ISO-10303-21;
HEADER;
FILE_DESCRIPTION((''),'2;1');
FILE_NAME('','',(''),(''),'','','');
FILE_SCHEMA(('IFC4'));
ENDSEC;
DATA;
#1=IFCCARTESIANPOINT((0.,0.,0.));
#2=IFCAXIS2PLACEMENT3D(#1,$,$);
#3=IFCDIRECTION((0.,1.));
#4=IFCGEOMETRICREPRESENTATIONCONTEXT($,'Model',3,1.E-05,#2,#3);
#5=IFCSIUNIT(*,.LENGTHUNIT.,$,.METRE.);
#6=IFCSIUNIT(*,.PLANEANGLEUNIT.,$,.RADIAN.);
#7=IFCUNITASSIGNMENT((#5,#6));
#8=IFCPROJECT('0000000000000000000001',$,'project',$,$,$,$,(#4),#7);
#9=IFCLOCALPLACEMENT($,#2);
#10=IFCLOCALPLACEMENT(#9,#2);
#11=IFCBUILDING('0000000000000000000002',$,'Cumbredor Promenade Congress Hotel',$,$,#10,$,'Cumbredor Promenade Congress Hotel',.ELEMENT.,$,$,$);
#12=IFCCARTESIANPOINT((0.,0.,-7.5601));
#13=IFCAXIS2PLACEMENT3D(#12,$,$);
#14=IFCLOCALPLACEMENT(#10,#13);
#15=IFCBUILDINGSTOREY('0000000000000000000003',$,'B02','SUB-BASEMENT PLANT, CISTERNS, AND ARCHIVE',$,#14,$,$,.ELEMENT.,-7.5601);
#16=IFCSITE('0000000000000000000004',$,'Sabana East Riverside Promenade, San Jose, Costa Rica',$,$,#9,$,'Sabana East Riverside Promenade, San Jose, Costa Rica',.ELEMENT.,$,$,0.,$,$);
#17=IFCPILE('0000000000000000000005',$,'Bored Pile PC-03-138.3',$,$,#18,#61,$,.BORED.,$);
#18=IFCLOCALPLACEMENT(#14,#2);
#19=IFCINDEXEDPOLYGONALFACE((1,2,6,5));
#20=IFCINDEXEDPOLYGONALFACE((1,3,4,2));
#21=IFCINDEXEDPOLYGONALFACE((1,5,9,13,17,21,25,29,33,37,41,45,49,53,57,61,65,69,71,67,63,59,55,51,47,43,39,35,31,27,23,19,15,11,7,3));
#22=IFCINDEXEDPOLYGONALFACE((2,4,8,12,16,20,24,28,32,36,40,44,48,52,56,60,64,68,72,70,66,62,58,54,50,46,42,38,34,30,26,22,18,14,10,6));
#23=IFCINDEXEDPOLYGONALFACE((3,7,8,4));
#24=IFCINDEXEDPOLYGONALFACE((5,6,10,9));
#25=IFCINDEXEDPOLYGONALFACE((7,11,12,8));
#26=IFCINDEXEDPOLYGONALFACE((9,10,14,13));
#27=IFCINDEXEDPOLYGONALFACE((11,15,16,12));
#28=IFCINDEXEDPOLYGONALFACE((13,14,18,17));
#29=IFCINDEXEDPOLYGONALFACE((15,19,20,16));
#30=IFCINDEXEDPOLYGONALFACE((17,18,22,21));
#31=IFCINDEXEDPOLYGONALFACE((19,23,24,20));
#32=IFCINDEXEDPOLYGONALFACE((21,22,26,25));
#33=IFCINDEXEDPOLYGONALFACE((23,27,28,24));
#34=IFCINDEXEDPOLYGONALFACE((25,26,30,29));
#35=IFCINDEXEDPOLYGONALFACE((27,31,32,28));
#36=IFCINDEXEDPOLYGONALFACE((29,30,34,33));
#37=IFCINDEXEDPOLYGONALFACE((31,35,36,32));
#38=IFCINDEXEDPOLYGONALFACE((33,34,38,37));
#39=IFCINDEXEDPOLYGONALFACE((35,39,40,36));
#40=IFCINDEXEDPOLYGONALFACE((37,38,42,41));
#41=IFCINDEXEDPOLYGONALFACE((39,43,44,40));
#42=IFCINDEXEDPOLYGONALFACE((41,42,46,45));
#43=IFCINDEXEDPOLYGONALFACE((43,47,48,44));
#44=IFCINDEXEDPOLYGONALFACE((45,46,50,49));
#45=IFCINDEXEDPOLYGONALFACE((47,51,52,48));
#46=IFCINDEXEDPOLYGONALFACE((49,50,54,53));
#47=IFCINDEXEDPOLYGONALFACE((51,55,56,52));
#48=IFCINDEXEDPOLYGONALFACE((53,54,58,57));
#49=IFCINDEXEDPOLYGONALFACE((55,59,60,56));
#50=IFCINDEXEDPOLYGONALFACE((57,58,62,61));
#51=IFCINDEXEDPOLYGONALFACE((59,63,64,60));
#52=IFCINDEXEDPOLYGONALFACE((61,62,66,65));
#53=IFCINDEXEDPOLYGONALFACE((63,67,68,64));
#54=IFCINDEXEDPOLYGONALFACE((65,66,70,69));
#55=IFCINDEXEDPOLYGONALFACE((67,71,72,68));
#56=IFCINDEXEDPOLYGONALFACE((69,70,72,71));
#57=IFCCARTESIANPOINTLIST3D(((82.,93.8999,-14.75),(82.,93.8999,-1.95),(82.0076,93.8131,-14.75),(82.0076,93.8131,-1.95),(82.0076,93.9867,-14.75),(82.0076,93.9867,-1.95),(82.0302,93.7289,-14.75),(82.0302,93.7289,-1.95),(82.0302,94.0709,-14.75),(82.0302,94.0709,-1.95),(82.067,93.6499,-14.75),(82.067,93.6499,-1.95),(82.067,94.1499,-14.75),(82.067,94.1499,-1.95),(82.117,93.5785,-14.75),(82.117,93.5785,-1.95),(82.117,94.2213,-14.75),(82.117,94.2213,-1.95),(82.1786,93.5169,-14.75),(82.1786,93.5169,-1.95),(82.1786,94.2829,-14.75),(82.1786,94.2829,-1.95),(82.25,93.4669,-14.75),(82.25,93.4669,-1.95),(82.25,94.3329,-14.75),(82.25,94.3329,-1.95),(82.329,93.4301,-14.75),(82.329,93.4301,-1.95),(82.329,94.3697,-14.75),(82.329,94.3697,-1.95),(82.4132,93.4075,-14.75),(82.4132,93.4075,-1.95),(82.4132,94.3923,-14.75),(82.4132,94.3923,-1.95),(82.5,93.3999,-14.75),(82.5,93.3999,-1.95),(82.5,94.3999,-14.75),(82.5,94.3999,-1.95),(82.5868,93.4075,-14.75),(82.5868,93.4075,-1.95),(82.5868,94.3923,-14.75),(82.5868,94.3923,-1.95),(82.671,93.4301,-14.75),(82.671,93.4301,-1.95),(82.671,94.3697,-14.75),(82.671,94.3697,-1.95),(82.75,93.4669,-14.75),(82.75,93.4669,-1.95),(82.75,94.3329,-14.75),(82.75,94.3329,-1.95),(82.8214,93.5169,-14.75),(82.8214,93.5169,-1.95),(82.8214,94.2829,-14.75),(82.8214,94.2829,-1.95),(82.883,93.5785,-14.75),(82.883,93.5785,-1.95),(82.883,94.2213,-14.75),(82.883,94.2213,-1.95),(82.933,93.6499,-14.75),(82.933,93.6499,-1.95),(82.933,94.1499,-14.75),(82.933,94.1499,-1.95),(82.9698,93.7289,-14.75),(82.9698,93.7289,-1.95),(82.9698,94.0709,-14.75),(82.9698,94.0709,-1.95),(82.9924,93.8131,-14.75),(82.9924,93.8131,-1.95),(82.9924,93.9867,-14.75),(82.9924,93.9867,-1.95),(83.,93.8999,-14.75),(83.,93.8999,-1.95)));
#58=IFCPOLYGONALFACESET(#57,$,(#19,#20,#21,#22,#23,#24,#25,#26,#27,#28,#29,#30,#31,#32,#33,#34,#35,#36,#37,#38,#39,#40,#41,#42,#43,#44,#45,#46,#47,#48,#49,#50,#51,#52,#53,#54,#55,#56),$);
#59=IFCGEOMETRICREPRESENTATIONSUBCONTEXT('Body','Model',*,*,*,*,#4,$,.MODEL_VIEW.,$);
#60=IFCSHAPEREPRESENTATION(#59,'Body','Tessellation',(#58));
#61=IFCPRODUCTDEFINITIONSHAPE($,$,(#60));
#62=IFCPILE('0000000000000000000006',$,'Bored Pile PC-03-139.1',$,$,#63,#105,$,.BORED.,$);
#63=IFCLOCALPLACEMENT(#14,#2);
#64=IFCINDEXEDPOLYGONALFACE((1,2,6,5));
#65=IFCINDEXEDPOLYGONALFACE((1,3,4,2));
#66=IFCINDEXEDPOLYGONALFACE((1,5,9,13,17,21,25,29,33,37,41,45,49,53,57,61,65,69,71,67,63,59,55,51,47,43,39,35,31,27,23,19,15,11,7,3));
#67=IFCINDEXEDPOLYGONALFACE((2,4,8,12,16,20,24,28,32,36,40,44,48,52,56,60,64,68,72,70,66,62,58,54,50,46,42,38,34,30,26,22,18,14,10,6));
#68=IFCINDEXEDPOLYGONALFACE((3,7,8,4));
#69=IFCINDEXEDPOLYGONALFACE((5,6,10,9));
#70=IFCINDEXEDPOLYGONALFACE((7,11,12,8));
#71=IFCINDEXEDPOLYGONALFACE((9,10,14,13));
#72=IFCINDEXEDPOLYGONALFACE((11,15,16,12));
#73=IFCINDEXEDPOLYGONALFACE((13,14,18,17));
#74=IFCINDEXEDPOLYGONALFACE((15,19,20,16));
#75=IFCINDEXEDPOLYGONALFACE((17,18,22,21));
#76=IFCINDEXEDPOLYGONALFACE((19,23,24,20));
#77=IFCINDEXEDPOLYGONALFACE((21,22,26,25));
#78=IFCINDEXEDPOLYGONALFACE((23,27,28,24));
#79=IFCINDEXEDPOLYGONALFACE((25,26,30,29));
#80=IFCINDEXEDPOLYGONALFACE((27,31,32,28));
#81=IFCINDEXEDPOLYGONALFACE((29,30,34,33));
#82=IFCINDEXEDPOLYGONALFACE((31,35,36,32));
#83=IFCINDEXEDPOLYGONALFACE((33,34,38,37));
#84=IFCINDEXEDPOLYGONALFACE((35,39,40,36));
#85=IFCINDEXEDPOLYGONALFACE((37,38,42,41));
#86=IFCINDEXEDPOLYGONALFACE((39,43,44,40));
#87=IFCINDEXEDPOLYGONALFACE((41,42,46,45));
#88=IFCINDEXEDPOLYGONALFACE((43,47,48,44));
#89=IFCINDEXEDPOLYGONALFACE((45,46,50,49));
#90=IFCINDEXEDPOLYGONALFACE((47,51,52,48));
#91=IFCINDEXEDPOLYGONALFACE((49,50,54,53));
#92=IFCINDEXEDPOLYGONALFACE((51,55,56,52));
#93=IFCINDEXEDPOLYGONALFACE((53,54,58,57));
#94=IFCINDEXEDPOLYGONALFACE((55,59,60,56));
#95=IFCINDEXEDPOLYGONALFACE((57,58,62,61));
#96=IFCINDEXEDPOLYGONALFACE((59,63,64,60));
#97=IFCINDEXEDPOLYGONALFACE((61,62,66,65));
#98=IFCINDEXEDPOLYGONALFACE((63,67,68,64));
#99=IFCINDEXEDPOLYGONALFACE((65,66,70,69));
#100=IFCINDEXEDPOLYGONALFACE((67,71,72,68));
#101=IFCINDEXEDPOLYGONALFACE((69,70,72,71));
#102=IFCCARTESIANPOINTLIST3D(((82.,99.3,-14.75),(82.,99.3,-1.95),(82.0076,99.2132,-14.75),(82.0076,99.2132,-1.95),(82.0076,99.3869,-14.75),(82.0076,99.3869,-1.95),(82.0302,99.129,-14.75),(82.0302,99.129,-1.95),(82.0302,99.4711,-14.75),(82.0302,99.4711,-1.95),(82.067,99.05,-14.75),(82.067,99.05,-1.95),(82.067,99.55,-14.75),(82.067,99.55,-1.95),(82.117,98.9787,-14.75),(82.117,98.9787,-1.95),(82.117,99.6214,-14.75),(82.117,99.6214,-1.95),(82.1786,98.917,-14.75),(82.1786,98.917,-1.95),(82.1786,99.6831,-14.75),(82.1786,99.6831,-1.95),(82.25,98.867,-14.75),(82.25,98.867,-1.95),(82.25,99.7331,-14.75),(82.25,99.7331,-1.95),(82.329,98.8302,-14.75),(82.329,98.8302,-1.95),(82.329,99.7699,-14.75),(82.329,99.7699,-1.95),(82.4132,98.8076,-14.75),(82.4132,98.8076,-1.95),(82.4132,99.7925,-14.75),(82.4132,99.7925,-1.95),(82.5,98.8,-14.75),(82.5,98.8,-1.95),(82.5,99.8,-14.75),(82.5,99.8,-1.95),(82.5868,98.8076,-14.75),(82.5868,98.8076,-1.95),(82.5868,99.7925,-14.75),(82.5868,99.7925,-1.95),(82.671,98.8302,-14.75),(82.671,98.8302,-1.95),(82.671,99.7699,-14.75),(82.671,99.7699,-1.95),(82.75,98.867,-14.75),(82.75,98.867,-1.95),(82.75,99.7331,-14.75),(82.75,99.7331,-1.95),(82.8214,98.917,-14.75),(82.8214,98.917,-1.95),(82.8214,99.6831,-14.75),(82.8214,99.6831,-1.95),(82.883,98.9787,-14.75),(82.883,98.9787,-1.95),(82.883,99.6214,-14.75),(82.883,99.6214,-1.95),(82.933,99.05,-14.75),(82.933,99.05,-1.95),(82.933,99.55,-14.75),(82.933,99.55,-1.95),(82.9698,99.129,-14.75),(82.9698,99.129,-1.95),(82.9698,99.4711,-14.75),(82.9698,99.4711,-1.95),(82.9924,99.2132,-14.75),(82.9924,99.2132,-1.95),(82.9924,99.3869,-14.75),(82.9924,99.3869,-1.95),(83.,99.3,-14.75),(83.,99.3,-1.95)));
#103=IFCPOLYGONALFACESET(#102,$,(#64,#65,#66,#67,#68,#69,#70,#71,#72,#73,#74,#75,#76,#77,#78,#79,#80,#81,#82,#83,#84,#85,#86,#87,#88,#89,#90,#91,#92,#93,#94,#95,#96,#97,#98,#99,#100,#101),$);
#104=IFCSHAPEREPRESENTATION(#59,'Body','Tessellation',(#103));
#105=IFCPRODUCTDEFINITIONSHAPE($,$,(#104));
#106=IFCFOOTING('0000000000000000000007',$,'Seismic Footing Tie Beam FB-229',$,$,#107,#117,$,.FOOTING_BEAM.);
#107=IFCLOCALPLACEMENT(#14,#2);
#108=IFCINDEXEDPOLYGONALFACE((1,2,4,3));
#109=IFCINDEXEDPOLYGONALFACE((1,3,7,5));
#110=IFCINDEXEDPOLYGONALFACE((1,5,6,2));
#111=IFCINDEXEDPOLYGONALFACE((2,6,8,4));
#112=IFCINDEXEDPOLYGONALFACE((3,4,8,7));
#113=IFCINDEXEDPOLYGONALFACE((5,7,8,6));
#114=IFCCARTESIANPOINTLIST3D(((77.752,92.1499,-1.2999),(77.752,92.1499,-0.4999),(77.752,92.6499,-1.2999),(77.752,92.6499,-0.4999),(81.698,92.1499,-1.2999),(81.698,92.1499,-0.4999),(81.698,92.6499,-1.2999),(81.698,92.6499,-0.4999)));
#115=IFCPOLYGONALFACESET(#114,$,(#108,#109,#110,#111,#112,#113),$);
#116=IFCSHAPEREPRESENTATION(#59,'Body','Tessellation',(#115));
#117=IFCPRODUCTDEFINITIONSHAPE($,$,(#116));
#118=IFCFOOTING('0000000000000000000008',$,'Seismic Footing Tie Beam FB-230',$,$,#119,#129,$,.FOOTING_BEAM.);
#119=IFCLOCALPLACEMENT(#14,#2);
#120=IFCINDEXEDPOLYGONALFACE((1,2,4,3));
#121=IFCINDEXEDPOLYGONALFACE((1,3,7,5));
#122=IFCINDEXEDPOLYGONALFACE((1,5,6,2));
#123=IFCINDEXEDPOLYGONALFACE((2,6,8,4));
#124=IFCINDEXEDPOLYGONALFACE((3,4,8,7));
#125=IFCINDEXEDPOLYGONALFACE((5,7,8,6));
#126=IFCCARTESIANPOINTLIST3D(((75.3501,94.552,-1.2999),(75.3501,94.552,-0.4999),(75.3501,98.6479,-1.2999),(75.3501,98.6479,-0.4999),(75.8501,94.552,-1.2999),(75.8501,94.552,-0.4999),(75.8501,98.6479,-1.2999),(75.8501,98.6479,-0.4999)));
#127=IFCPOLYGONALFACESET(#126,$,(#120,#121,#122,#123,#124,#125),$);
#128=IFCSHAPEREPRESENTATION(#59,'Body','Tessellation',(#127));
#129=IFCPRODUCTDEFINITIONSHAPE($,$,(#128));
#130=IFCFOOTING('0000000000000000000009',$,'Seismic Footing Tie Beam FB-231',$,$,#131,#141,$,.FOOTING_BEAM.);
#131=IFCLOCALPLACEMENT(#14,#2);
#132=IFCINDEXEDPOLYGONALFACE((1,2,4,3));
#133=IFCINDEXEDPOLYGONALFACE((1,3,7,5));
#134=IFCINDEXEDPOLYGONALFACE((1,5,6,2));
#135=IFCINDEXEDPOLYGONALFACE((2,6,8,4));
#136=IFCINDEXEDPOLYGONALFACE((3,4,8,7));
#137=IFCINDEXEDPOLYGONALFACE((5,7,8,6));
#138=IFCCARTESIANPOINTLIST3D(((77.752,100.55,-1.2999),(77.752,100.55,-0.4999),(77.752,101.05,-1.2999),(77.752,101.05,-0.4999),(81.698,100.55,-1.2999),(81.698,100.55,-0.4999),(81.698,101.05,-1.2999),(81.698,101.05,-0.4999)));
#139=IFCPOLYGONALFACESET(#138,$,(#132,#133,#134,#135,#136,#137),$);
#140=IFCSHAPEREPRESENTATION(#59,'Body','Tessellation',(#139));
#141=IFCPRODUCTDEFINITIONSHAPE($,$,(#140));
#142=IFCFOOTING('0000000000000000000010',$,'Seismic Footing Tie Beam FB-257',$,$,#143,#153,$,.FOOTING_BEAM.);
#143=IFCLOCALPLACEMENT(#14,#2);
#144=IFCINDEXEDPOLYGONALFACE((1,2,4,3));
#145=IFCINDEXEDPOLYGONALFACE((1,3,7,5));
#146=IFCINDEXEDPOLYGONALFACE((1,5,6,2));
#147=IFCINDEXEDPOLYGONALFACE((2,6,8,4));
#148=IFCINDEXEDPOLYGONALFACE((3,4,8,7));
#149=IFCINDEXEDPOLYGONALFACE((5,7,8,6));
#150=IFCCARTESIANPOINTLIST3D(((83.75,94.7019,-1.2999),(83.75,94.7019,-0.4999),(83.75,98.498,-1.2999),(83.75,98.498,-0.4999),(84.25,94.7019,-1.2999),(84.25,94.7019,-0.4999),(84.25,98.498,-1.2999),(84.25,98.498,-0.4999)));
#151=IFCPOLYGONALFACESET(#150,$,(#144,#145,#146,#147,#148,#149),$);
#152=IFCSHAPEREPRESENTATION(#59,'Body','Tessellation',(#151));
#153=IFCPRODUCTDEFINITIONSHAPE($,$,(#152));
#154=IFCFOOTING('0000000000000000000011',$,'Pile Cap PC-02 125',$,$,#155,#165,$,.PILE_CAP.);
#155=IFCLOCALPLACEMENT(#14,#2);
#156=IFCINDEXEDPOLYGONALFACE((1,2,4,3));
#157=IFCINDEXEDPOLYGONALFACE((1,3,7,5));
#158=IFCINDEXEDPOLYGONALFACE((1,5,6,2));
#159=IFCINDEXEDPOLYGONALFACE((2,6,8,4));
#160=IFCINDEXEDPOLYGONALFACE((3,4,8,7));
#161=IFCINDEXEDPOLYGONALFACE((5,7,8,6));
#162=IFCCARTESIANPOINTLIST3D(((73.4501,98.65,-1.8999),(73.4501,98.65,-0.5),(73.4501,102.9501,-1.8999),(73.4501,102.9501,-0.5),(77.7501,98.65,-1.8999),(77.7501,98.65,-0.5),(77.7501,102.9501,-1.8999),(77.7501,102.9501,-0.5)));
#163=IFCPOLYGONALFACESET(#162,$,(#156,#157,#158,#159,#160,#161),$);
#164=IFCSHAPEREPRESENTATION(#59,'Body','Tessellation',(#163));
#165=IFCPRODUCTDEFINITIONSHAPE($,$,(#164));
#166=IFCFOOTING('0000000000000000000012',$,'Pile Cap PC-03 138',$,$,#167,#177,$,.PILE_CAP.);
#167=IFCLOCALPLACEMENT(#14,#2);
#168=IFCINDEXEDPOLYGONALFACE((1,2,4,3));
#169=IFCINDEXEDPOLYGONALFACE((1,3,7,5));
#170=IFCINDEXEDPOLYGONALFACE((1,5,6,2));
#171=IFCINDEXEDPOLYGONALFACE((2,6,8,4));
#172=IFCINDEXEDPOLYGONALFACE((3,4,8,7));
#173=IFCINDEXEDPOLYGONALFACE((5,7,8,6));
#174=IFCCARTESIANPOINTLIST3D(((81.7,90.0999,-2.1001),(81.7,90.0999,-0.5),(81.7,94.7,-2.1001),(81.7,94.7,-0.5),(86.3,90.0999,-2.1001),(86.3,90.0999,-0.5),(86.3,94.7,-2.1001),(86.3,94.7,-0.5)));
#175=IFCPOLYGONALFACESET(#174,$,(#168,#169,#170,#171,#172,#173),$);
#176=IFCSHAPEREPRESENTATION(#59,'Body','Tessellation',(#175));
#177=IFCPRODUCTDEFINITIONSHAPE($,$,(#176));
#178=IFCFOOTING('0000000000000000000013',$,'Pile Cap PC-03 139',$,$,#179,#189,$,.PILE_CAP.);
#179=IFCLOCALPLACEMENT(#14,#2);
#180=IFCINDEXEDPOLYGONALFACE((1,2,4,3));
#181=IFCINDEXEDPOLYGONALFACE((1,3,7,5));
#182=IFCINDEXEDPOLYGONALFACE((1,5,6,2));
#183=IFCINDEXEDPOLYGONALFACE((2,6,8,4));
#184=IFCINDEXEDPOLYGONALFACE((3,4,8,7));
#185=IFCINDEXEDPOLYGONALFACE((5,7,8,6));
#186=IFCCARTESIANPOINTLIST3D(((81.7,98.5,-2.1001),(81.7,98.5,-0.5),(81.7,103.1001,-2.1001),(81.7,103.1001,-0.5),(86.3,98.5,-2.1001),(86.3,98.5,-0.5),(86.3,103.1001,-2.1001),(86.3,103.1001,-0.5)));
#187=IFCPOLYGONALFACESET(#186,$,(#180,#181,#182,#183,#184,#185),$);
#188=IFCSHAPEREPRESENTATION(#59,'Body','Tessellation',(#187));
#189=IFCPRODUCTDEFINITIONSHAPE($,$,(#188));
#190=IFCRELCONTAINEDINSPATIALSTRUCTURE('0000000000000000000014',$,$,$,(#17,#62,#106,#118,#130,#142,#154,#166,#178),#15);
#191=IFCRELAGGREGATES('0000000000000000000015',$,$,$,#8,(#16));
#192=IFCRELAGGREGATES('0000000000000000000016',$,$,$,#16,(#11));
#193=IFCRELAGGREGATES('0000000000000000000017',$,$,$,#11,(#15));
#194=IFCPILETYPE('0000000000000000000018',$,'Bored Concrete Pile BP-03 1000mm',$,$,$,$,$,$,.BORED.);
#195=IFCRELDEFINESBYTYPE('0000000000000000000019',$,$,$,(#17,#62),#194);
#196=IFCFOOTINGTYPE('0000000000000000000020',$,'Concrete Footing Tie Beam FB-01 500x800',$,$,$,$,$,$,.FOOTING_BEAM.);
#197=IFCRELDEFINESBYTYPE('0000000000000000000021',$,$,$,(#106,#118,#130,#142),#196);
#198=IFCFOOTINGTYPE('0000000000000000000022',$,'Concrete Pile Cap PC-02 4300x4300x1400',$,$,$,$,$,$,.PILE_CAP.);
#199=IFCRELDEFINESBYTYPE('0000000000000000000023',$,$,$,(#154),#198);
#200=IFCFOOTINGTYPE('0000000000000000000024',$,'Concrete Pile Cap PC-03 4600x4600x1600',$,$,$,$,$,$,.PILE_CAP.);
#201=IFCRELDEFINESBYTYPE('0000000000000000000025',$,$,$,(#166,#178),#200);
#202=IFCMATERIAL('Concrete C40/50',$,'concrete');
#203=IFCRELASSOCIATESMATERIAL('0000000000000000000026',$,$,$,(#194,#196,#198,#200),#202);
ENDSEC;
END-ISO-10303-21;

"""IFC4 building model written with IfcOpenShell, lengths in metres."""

from ifc_helpers import new_model, si_unit, direction, frame, origin, origin_2d, place, context, subcontext, project, spatial, rectangle, circle, extrude, material, material_profile, profile_set, type_object, element, save


model = new_model("IFC4")

# Units and contexts
model_context = context("Model", 3, precision=1e-05, world=origin(), true_north=direction((0.0, 1.0)))
body_context = subcontext(model_context, "Body", "Model", "MODEL_VIEW")
ifc_project = project(units=[si_unit("LENGTHUNIT", "METRE"), si_unit("PLANEANGLEUNIT", "RADIAN")], contexts=[model_context])

# Site, building, storey
site_placement = place(None, origin())
site = spatial("IfcSite", under=ifc_project, at=site_placement, Name="Sabana East Riverside Promenade, San Jose, Costa Rica", LongName="Sabana East Riverside Promenade, San Jose, Costa Rica", CompositionType="ELEMENT", RefElevation=0.0)
building_placement = place(site_placement, origin())
building = spatial("IfcBuilding", under=site, at=building_placement, Name="Cumbredor Promenade Congress Hotel", LongName="Cumbredor Promenade Congress Hotel", CompositionType="ELEMENT")
storey_placement = place(building_placement, frame((0.0, 0.0, -7.5601)))
storey = spatial("IfcBuildingStorey", under=building, at=storey_placement, Name="B02", Description="SUB-BASEMENT PLANT, CISTERNS, AND ARCHIVE", CompositionType="ELEMENT", Elevation=-7.5601)

# Piles
ifc_material_1 = material(Name="Concrete C40/50", Category="concrete")
ifc_material_profile_1 = material_profile(ifc_material_1, circle(Radius=0.5, at=origin_2d()), Name="PILE D1000")
ifc_profile_set_1 = profile_set([ifc_material_profile_1], Name="Concrete C40/50")
pile_type_1 = type_object("IfcPileType", Name="Bored Concrete Pile BP-03 1000mm", PredefinedType="BORED", material=ifc_profile_set_1)
for number, where, z_axis, x_axis, name in (
    (1, (82.5, 93.8999, -1.95), (0.0, 0.0, -1.0), (1.0, 0.0, 0.0), "Bored Pile PC-03-138.3"),
    (2, (82.5, 99.3, -1.95), (0.0, 0.0, -1.0), (1.0, 0.0, 0.0), "Bored Pile PC-03-139.1"),
):
    element("IfcPile", number, at=place(storey_placement, frame(where, z_axis=z_axis, x_axis=x_axis)), inside=storey, type_object=pile_type_1, Name=name, PredefinedType="BORED", context=body_context, shape_type="SweptSolid", body=[
        extrude(circle(Radius=0.5, at=origin_2d()), origin(), (0.0, 0.0, 1.0), 12.8),
    ])

# Footings
ifc_material_profile_2 = material_profile(ifc_material_1, rectangle(XDim=0.5, YDim=0.8, at=origin_2d()), Name="FB 500x800")
ifc_profile_set_2 = profile_set([ifc_material_profile_2], Name="Concrete C40/50")
footing_type_1 = type_object("IfcFootingType", Name="Concrete Footing Tie Beam FB-01 500x800", PredefinedType="FOOTING_BEAM", material=ifc_profile_set_2)
footing_1_placement = place(storey_placement, frame((77.752, 92.3999, -0.8999), z_axis=(1.0, 0.0, 0.0), x_axis=(0.0, 1.0, 0.0)))
element("IfcFooting", 3, at=footing_1_placement, inside=storey, type_object=footing_type_1, Name="Seismic Footing Tie Beam FB-229", PredefinedType="FOOTING_BEAM", context=body_context, shape_type="SweptSolid", body=[
    extrude(rectangle(XDim=0.5, YDim=0.8, at=origin_2d()), origin(), (0.0, 0.0, 1.0), 3.946),
])
footing_2_placement = place(storey_placement, frame((75.6001, 94.552, -0.8999), z_axis=(0.0, 1.0, 0.0), x_axis=(-1.0, 0.0, 0.0)))
element("IfcFooting", 4, at=footing_2_placement, inside=storey, type_object=footing_type_1, Name="Seismic Footing Tie Beam FB-230", PredefinedType="FOOTING_BEAM", context=body_context, shape_type="SweptSolid", body=[
    extrude(rectangle(XDim=0.5, YDim=0.8, at=origin_2d()), origin(), (0.0, 0.0, 1.0), 4.0959),
])
footing_3_placement = place(storey_placement, frame((77.752, 100.8, -0.8999), z_axis=(1.0, 0.0, 0.0), x_axis=(0.0, 1.0, 0.0)))
element("IfcFooting", 5, at=footing_3_placement, inside=storey, type_object=footing_type_1, Name="Seismic Footing Tie Beam FB-231", PredefinedType="FOOTING_BEAM", context=body_context, shape_type="SweptSolid", body=[
    extrude(rectangle(XDim=0.5, YDim=0.8, at=origin_2d()), origin(), (0.0, 0.0, 1.0), 3.946),
])
footing_4_placement = place(storey_placement, frame((84.0, 94.7019, -0.8999), z_axis=(0.0, 1.0, 0.0), x_axis=(-1.0, 0.0, 0.0)))
element("IfcFooting", 6, at=footing_4_placement, inside=storey, type_object=footing_type_1, Name="Seismic Footing Tie Beam FB-257", PredefinedType="FOOTING_BEAM", context=body_context, shape_type="SweptSolid", body=[
    extrude(rectangle(XDim=0.5, YDim=0.8, at=origin_2d()), origin(), (0.0, 0.0, 1.0), 3.7961),
])
footing_type_2 = type_object("IfcFootingType", Name="Concrete Pile Cap PC-02 4300x4300x1400", PredefinedType="PILE_CAP", material=ifc_material_1)
footing_5_placement = place(storey_placement, frame((75.6001, 100.8, -1.8999), z_axis=(0.0, 0.0, 1.0), x_axis=(1.0, 0.0, 0.0)))
element("IfcFooting", 7, at=footing_5_placement, inside=storey, type_object=footing_type_2, Name="Pile Cap PC-02 125", PredefinedType="PILE_CAP", context=body_context, shape_type="SweptSolid", body=[
    extrude(rectangle(XDim=4.3, YDim=4.3, at=origin_2d()), origin(), (0.0, 0.0, 1.0), 1.3999),
])
footing_type_3 = type_object("IfcFootingType", Name="Concrete Pile Cap PC-03 4600x4600x1600", PredefinedType="PILE_CAP", material=ifc_material_1)
for number, where, z_axis, x_axis, name in (
    (8, (84.0, 92.3999, -2.1001), (0.0, 0.0, 1.0), (1.0, 0.0, 0.0), "Pile Cap PC-03 138"),
    (9, (84.0, 100.8, -2.1001), (0.0, 0.0, 1.0), (1.0, 0.0, 0.0), "Pile Cap PC-03 139"),
):
    element("IfcFooting", number, at=place(storey_placement, frame(where, z_axis=z_axis, x_axis=x_axis)), inside=storey, type_object=footing_type_3, Name=name, PredefinedType="PILE_CAP", context=body_context, shape_type="SweptSolid", body=[
        extrude(rectangle(XDim=4.6001, YDim=4.6001, at=origin_2d()), origin(), (0.0, 0.0, 1.0), 1.6001),
    ])

save(model, "model.ifc")
